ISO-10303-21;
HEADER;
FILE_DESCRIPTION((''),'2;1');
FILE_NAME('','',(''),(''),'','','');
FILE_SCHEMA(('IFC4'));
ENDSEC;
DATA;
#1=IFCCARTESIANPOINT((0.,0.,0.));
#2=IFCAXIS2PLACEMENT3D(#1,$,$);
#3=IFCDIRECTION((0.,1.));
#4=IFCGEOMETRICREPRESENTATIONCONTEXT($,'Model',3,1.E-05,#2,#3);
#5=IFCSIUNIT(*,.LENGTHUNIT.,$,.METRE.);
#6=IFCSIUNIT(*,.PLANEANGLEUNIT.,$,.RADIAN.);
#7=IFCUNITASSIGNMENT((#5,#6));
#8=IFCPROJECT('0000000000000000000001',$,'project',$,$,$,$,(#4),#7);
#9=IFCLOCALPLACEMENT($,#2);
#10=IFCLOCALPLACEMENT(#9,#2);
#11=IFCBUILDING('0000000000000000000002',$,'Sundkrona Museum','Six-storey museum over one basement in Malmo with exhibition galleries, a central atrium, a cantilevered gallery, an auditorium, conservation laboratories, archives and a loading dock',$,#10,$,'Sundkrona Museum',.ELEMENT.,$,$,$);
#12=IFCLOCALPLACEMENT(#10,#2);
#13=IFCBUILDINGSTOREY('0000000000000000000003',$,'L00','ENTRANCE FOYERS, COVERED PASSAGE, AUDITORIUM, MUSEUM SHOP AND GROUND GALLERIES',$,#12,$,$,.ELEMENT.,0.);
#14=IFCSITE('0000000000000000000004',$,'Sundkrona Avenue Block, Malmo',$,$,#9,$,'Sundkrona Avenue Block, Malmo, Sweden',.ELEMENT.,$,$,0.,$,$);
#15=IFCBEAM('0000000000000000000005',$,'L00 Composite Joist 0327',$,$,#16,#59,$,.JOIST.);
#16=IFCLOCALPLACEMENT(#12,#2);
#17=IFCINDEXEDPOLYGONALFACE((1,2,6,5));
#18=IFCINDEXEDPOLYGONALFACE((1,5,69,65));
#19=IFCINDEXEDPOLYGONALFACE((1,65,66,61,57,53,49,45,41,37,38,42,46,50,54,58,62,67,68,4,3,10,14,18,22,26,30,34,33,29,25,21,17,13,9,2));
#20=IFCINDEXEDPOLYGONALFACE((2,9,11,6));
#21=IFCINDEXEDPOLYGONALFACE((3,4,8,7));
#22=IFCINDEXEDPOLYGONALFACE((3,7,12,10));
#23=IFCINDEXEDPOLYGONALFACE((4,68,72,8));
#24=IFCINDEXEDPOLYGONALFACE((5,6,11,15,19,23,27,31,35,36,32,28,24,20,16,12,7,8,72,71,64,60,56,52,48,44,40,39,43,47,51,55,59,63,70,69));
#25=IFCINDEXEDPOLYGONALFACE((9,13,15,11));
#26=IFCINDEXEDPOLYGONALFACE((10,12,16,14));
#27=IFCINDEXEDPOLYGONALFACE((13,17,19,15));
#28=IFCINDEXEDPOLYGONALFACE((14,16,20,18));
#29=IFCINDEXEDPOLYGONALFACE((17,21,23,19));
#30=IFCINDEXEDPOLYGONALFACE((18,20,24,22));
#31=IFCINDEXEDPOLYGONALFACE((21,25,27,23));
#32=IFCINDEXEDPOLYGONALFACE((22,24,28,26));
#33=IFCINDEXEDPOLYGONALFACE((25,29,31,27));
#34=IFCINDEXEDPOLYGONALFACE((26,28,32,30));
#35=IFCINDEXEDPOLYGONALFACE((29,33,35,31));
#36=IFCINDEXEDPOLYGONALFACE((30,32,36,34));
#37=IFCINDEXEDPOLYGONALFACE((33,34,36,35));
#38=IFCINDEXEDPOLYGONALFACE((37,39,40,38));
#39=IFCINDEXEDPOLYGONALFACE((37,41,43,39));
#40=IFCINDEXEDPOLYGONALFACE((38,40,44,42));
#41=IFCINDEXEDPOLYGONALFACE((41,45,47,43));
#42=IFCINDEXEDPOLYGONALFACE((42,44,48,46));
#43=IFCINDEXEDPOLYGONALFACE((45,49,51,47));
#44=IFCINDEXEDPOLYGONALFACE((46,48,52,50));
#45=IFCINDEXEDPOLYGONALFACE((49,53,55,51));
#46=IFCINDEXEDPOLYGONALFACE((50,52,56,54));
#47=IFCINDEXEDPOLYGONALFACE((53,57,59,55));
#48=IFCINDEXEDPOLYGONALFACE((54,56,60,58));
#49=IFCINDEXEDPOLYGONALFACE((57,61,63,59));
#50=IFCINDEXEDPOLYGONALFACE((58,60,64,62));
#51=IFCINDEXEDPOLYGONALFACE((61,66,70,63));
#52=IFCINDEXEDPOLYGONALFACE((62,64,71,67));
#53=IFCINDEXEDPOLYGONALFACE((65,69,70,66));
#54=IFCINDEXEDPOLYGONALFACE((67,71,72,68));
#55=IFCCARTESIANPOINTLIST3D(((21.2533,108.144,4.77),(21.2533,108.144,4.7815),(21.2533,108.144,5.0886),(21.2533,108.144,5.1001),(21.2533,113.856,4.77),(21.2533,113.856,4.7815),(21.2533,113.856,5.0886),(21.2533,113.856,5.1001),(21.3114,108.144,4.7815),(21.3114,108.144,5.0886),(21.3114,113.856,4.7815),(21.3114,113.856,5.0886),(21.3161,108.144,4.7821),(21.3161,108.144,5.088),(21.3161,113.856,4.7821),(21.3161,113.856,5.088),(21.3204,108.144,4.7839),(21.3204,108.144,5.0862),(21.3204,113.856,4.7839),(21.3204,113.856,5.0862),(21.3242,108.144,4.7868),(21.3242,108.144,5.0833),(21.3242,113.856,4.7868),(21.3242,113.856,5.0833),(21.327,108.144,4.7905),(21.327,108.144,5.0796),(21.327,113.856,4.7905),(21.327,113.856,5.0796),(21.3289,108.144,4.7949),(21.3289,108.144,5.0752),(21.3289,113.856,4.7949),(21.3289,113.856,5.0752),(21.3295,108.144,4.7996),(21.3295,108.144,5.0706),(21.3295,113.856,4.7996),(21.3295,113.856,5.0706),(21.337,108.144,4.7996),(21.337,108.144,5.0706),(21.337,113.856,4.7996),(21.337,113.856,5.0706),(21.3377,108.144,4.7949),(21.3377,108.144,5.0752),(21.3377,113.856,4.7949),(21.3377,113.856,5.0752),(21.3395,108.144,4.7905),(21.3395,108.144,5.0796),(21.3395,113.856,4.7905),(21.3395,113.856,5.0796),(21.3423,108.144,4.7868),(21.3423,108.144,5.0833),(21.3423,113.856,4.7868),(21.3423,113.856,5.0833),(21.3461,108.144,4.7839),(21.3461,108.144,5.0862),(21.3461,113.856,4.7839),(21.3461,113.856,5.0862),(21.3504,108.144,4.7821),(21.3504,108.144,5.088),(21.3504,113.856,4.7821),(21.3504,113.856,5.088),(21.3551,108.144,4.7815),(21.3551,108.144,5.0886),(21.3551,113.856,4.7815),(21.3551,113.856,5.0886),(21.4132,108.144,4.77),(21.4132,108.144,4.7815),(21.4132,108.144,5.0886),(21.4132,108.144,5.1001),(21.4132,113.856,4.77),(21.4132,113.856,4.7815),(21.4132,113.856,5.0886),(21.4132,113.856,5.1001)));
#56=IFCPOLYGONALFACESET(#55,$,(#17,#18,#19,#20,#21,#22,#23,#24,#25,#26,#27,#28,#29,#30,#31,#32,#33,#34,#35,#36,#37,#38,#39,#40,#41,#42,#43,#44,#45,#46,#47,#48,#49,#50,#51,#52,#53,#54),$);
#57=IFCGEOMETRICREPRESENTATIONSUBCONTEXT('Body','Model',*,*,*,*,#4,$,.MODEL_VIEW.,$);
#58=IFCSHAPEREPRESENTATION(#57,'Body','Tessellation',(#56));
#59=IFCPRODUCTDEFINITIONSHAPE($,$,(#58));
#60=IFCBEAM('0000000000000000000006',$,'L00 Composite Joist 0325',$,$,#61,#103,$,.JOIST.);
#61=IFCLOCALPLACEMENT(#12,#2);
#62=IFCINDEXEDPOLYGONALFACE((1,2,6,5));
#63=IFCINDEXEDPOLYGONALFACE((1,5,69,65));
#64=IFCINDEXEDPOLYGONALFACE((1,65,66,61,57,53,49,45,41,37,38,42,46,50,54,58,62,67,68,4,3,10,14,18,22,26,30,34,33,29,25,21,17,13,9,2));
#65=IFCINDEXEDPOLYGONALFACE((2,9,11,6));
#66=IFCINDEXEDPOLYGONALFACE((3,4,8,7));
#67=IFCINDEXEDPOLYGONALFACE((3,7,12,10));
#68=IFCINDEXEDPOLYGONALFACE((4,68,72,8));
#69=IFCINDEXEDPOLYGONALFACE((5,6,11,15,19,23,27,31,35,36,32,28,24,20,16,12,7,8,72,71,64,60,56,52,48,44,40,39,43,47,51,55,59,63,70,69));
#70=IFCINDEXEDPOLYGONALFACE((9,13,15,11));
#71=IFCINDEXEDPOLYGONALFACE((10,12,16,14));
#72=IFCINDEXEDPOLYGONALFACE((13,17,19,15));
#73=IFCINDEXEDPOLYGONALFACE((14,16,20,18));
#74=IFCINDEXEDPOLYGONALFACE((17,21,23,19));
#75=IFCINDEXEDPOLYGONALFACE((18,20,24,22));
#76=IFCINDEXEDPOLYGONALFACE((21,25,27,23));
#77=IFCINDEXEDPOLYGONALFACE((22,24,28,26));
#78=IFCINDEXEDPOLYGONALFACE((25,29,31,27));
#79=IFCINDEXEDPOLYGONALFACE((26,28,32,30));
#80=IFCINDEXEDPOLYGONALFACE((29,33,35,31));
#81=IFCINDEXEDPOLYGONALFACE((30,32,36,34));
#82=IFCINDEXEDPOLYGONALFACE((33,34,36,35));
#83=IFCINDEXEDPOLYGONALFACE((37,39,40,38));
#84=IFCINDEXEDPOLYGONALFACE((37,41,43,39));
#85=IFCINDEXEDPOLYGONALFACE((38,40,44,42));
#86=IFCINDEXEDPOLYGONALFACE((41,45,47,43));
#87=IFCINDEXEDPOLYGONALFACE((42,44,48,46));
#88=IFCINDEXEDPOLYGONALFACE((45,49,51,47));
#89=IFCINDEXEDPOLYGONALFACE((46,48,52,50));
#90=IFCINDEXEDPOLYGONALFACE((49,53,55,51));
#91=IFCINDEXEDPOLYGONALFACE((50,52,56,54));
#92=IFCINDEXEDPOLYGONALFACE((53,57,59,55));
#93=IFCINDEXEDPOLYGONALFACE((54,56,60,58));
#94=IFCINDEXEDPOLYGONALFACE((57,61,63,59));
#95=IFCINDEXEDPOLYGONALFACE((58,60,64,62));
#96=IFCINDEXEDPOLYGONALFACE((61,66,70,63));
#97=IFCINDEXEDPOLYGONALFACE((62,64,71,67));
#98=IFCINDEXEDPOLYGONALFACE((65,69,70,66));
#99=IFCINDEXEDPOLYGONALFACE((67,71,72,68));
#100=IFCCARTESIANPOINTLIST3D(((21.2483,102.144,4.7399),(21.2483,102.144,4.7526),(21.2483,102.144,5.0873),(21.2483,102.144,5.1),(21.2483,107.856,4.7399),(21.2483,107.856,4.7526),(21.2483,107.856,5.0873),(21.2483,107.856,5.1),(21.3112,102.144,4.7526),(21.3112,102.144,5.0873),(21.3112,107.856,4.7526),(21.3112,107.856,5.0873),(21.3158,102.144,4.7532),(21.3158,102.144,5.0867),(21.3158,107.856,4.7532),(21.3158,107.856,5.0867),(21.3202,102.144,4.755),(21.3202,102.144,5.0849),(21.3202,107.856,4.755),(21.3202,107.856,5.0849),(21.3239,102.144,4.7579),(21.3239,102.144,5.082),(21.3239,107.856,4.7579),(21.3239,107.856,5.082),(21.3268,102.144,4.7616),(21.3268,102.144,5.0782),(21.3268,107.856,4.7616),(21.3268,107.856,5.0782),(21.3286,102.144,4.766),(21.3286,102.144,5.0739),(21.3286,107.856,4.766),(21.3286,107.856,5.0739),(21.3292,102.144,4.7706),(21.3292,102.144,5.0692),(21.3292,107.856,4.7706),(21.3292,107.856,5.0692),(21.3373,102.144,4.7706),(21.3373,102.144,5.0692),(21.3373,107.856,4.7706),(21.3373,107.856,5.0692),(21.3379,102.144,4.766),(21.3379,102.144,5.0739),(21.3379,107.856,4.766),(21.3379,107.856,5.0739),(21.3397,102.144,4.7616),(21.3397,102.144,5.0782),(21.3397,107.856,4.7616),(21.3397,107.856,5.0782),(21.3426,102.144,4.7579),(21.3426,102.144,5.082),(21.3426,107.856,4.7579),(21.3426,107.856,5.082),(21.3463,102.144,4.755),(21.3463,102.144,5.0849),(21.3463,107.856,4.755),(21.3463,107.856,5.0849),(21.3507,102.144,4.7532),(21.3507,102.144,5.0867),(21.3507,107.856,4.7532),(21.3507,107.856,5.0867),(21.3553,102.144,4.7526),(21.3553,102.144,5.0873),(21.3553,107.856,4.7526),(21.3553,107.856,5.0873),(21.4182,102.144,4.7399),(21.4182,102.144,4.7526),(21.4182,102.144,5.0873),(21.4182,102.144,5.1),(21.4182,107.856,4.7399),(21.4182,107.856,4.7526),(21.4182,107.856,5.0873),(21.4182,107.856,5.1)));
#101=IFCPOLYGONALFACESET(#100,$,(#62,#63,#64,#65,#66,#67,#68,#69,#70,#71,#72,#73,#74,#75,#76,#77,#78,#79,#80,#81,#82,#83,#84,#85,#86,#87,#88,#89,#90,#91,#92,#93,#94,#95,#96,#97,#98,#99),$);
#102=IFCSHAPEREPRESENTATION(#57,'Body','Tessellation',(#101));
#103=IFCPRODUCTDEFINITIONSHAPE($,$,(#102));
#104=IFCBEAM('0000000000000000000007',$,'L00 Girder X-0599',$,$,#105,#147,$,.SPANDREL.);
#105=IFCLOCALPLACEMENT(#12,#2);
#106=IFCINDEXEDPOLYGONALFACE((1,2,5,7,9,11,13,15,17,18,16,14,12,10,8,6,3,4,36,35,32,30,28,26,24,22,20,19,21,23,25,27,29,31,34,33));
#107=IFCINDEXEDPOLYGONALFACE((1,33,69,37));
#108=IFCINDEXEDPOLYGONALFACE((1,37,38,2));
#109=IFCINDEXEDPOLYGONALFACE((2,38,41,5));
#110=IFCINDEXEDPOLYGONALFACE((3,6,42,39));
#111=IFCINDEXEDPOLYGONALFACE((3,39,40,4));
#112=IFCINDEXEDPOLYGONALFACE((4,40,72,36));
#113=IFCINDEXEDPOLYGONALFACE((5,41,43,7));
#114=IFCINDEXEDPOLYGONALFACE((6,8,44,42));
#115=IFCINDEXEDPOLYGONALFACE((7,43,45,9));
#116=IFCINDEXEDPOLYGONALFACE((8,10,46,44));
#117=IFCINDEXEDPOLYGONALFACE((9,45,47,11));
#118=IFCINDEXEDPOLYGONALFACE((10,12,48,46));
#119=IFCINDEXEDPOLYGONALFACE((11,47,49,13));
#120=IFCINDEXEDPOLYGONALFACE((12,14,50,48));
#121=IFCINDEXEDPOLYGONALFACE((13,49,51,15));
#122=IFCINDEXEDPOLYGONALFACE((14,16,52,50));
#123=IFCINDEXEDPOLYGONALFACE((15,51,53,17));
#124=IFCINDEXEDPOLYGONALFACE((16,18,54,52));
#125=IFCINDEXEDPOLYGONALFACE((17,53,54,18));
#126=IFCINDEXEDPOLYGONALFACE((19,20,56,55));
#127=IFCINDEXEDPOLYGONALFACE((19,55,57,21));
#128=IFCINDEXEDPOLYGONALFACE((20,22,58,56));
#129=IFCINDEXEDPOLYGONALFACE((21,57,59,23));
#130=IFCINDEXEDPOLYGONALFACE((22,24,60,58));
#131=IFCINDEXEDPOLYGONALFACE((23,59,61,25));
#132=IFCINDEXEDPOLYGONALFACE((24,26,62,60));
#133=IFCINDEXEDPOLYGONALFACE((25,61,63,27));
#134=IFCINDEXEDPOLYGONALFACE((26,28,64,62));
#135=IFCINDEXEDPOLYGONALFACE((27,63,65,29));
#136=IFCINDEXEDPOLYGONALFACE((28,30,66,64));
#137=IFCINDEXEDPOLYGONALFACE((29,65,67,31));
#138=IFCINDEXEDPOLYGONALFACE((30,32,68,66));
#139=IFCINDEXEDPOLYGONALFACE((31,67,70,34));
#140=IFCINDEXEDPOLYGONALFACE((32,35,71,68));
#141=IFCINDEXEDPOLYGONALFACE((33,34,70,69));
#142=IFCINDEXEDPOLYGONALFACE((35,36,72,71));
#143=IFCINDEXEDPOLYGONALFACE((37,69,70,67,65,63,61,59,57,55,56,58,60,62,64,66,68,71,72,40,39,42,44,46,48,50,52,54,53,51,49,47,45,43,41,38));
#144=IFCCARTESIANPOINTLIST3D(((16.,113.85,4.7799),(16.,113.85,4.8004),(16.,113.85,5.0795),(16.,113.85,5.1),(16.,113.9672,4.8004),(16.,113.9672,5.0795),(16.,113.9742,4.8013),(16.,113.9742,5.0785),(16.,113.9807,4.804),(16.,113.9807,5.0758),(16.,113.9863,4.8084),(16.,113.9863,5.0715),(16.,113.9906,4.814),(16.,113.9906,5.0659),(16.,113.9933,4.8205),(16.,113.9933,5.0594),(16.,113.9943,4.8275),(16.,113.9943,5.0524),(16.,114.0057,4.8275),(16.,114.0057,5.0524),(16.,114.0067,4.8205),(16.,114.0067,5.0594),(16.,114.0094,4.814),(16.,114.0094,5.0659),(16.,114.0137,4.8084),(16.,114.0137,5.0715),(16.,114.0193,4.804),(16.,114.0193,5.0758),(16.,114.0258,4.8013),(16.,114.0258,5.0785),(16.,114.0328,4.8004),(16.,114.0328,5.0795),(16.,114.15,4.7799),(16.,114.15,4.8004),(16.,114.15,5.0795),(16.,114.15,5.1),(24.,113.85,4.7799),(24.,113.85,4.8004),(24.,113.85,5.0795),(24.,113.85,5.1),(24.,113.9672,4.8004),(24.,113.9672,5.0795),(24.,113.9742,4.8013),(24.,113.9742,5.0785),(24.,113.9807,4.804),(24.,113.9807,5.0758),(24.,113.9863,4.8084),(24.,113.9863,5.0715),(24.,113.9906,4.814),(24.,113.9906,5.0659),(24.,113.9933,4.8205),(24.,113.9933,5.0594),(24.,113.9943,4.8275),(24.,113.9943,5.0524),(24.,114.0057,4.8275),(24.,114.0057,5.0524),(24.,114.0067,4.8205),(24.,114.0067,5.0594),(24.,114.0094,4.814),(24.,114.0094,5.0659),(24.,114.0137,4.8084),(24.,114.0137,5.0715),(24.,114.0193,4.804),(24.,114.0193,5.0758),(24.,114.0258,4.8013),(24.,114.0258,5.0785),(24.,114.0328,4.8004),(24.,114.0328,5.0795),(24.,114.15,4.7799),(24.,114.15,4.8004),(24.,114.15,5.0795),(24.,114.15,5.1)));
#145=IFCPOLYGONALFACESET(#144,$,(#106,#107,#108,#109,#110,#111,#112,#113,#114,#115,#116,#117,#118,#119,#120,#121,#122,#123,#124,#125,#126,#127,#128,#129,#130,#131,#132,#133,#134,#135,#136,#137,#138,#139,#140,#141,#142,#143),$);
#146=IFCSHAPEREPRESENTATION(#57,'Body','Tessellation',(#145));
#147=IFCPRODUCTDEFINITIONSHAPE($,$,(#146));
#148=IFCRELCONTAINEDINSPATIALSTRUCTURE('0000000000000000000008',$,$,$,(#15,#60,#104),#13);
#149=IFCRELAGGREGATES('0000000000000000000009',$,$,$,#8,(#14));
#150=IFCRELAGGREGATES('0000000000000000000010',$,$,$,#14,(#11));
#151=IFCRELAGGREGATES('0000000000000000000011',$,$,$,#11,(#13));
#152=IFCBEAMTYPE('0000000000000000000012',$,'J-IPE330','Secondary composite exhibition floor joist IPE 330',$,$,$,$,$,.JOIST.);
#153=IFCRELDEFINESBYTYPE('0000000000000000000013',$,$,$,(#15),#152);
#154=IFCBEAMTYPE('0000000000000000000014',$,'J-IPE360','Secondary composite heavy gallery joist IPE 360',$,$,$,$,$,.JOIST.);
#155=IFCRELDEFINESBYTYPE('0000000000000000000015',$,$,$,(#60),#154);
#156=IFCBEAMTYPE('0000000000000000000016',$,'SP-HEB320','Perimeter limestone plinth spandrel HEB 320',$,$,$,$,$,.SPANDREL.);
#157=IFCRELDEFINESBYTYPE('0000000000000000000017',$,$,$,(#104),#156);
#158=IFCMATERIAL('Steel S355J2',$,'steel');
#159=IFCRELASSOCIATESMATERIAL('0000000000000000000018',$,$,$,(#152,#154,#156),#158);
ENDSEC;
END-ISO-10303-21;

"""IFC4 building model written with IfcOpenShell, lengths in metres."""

from ifc_helpers import new_model, si_unit, direction, frame, origin, origin_2d, place, context, subcontext, project, spatial, i_section, extrude, material, material_profile, profile_set, type_object, element, save


model = new_model("IFC4")

# Units and contexts
model_context = context("Model", 3, precision=1e-05, world=origin(), true_north=direction((0.0, 1.0)))
body_context = subcontext(model_context, "Body", "Model", "MODEL_VIEW")
ifc_project = project(units=[si_unit("LENGTHUNIT", "METRE"), si_unit("PLANEANGLEUNIT", "RADIAN")], contexts=[model_context])

# Site, building, storey
site_placement = place(None, origin())
site = spatial("IfcSite", under=ifc_project, at=site_placement, Name="Sundkrona Avenue Block, Malmo", LongName="Sundkrona Avenue Block, Malmo, Sweden", CompositionType="ELEMENT", RefElevation=0.0)
building_placement = place(site_placement, origin())
building = spatial("IfcBuilding", under=site, at=building_placement, Name="Sundkrona Museum", Description="Six-storey museum over one basement in Malmo with exhibition galleries, a central atrium, a cantilevered gallery, an auditorium, conservation laboratories, archives and a loading dock", LongName="Sundkrona Museum", CompositionType="ELEMENT")
storey_placement = place(building_placement, origin())
storey = spatial("IfcBuildingStorey", under=building, at=storey_placement, Name="L00", Description="ENTRANCE FOYERS, COVERED PASSAGE, AUDITORIUM, MUSEUM SHOP AND GROUND GALLERIES", CompositionType="ELEMENT", Elevation=0.0)

# Shared definitions
ifc_material_1 = material(Name="Steel S355J2", Category="steel")

# Beams
ifc_material_profile_1 = material_profile(ifc_material_1, i_section(OverallWidth=0.1599, OverallDepth=0.3301, WebThickness=0.0076, FlangeThickness=0.0115, FilletRadius=0.0181, at=origin_2d()), Name="IPE 330")
ifc_profile_set_1 = profile_set([ifc_material_profile_1], Name="Steel S355J2")
beam_type_1 = type_object("IfcBeamType", Name="J-IPE330", Description="Secondary composite exhibition floor joist IPE 330", PredefinedType="JOIST", material=ifc_profile_set_1)
for number, where, z_axis, x_axis, name in (
    (1, (21.3333, 108.144, 4.9351), (0.0, 1.0, 0.0), (-1.0, 0.0, 0.0), "L00 Composite Joist 0327"),
):
    element("IfcBeam", number, at=place(storey_placement, frame(where, z_axis=z_axis, x_axis=x_axis)), inside=storey, type_object=beam_type_1, Name=name, PredefinedType="JOIST", context=body_context, shape_type="SweptSolid", body=[
        extrude(i_section(OverallWidth=0.1599, OverallDepth=0.3301, WebThickness=0.0076, FlangeThickness=0.0115, FilletRadius=0.0181, at=origin_2d()), origin(), (0.0, 0.0, 1.0), 5.7119),
    ])
ifc_material_profile_2 = material_profile(ifc_material_1, i_section(OverallWidth=0.1699, OverallDepth=0.3601, WebThickness=0.0081, FlangeThickness=0.0127, FilletRadius=0.0181, at=origin_2d()), Name="IPE 360")
ifc_profile_set_2 = profile_set([ifc_material_profile_2], Name="Steel S355J2")
beam_type_2 = type_object("IfcBeamType", Name="J-IPE360", Description="Secondary composite heavy gallery joist IPE 360", PredefinedType="JOIST", material=ifc_profile_set_2)
beam_1_placement = place(storey_placement, frame((21.3333, 102.144, 4.9199), z_axis=(0.0, 1.0, 0.0), x_axis=(-1.0, 0.0, 0.0)))
element("IfcBeam", 2, at=beam_1_placement, inside=storey, type_object=beam_type_2, Name="L00 Composite Joist 0325", PredefinedType="JOIST", context=body_context, shape_type="SweptSolid", body=[
    extrude(i_section(OverallWidth=0.1699, OverallDepth=0.3601, WebThickness=0.0081, FlangeThickness=0.0127, FilletRadius=0.0181, at=origin_2d()), origin(), (0.0, 0.0, 1.0), 5.7119),
])
ifc_material_profile_3 = material_profile(ifc_material_1, i_section(OverallWidth=0.3, OverallDepth=0.3201, WebThickness=0.0115, FlangeThickness=0.0205, FilletRadius=0.0271, at=origin_2d()), Name="HEB 320")
ifc_profile_set_3 = profile_set([ifc_material_profile_3], Name="Steel S355J2")
beam_type_3 = type_object("IfcBeamType", Name="SP-HEB320", Description="Perimeter limestone plinth spandrel HEB 320", PredefinedType="SPANDREL", material=ifc_profile_set_3)
beam_2_placement = place(storey_placement, frame((16.0, 114.0, 4.9399), z_axis=(1.0, 0.0, 0.0), x_axis=(0.0, 1.0, 0.0)))
element("IfcBeam", 3, at=beam_2_placement, inside=storey, type_object=beam_type_3, Name="L00 Girder X-0599", PredefinedType="SPANDREL", context=body_context, shape_type="SweptSolid", body=[
    extrude(i_section(OverallWidth=0.3, OverallDepth=0.3201, WebThickness=0.0115, FlangeThickness=0.0205, FilletRadius=0.0271, at=origin_2d()), origin(), (0.0, 0.0, 1.0), 8.0),
])

save(model, "model.ifc")
